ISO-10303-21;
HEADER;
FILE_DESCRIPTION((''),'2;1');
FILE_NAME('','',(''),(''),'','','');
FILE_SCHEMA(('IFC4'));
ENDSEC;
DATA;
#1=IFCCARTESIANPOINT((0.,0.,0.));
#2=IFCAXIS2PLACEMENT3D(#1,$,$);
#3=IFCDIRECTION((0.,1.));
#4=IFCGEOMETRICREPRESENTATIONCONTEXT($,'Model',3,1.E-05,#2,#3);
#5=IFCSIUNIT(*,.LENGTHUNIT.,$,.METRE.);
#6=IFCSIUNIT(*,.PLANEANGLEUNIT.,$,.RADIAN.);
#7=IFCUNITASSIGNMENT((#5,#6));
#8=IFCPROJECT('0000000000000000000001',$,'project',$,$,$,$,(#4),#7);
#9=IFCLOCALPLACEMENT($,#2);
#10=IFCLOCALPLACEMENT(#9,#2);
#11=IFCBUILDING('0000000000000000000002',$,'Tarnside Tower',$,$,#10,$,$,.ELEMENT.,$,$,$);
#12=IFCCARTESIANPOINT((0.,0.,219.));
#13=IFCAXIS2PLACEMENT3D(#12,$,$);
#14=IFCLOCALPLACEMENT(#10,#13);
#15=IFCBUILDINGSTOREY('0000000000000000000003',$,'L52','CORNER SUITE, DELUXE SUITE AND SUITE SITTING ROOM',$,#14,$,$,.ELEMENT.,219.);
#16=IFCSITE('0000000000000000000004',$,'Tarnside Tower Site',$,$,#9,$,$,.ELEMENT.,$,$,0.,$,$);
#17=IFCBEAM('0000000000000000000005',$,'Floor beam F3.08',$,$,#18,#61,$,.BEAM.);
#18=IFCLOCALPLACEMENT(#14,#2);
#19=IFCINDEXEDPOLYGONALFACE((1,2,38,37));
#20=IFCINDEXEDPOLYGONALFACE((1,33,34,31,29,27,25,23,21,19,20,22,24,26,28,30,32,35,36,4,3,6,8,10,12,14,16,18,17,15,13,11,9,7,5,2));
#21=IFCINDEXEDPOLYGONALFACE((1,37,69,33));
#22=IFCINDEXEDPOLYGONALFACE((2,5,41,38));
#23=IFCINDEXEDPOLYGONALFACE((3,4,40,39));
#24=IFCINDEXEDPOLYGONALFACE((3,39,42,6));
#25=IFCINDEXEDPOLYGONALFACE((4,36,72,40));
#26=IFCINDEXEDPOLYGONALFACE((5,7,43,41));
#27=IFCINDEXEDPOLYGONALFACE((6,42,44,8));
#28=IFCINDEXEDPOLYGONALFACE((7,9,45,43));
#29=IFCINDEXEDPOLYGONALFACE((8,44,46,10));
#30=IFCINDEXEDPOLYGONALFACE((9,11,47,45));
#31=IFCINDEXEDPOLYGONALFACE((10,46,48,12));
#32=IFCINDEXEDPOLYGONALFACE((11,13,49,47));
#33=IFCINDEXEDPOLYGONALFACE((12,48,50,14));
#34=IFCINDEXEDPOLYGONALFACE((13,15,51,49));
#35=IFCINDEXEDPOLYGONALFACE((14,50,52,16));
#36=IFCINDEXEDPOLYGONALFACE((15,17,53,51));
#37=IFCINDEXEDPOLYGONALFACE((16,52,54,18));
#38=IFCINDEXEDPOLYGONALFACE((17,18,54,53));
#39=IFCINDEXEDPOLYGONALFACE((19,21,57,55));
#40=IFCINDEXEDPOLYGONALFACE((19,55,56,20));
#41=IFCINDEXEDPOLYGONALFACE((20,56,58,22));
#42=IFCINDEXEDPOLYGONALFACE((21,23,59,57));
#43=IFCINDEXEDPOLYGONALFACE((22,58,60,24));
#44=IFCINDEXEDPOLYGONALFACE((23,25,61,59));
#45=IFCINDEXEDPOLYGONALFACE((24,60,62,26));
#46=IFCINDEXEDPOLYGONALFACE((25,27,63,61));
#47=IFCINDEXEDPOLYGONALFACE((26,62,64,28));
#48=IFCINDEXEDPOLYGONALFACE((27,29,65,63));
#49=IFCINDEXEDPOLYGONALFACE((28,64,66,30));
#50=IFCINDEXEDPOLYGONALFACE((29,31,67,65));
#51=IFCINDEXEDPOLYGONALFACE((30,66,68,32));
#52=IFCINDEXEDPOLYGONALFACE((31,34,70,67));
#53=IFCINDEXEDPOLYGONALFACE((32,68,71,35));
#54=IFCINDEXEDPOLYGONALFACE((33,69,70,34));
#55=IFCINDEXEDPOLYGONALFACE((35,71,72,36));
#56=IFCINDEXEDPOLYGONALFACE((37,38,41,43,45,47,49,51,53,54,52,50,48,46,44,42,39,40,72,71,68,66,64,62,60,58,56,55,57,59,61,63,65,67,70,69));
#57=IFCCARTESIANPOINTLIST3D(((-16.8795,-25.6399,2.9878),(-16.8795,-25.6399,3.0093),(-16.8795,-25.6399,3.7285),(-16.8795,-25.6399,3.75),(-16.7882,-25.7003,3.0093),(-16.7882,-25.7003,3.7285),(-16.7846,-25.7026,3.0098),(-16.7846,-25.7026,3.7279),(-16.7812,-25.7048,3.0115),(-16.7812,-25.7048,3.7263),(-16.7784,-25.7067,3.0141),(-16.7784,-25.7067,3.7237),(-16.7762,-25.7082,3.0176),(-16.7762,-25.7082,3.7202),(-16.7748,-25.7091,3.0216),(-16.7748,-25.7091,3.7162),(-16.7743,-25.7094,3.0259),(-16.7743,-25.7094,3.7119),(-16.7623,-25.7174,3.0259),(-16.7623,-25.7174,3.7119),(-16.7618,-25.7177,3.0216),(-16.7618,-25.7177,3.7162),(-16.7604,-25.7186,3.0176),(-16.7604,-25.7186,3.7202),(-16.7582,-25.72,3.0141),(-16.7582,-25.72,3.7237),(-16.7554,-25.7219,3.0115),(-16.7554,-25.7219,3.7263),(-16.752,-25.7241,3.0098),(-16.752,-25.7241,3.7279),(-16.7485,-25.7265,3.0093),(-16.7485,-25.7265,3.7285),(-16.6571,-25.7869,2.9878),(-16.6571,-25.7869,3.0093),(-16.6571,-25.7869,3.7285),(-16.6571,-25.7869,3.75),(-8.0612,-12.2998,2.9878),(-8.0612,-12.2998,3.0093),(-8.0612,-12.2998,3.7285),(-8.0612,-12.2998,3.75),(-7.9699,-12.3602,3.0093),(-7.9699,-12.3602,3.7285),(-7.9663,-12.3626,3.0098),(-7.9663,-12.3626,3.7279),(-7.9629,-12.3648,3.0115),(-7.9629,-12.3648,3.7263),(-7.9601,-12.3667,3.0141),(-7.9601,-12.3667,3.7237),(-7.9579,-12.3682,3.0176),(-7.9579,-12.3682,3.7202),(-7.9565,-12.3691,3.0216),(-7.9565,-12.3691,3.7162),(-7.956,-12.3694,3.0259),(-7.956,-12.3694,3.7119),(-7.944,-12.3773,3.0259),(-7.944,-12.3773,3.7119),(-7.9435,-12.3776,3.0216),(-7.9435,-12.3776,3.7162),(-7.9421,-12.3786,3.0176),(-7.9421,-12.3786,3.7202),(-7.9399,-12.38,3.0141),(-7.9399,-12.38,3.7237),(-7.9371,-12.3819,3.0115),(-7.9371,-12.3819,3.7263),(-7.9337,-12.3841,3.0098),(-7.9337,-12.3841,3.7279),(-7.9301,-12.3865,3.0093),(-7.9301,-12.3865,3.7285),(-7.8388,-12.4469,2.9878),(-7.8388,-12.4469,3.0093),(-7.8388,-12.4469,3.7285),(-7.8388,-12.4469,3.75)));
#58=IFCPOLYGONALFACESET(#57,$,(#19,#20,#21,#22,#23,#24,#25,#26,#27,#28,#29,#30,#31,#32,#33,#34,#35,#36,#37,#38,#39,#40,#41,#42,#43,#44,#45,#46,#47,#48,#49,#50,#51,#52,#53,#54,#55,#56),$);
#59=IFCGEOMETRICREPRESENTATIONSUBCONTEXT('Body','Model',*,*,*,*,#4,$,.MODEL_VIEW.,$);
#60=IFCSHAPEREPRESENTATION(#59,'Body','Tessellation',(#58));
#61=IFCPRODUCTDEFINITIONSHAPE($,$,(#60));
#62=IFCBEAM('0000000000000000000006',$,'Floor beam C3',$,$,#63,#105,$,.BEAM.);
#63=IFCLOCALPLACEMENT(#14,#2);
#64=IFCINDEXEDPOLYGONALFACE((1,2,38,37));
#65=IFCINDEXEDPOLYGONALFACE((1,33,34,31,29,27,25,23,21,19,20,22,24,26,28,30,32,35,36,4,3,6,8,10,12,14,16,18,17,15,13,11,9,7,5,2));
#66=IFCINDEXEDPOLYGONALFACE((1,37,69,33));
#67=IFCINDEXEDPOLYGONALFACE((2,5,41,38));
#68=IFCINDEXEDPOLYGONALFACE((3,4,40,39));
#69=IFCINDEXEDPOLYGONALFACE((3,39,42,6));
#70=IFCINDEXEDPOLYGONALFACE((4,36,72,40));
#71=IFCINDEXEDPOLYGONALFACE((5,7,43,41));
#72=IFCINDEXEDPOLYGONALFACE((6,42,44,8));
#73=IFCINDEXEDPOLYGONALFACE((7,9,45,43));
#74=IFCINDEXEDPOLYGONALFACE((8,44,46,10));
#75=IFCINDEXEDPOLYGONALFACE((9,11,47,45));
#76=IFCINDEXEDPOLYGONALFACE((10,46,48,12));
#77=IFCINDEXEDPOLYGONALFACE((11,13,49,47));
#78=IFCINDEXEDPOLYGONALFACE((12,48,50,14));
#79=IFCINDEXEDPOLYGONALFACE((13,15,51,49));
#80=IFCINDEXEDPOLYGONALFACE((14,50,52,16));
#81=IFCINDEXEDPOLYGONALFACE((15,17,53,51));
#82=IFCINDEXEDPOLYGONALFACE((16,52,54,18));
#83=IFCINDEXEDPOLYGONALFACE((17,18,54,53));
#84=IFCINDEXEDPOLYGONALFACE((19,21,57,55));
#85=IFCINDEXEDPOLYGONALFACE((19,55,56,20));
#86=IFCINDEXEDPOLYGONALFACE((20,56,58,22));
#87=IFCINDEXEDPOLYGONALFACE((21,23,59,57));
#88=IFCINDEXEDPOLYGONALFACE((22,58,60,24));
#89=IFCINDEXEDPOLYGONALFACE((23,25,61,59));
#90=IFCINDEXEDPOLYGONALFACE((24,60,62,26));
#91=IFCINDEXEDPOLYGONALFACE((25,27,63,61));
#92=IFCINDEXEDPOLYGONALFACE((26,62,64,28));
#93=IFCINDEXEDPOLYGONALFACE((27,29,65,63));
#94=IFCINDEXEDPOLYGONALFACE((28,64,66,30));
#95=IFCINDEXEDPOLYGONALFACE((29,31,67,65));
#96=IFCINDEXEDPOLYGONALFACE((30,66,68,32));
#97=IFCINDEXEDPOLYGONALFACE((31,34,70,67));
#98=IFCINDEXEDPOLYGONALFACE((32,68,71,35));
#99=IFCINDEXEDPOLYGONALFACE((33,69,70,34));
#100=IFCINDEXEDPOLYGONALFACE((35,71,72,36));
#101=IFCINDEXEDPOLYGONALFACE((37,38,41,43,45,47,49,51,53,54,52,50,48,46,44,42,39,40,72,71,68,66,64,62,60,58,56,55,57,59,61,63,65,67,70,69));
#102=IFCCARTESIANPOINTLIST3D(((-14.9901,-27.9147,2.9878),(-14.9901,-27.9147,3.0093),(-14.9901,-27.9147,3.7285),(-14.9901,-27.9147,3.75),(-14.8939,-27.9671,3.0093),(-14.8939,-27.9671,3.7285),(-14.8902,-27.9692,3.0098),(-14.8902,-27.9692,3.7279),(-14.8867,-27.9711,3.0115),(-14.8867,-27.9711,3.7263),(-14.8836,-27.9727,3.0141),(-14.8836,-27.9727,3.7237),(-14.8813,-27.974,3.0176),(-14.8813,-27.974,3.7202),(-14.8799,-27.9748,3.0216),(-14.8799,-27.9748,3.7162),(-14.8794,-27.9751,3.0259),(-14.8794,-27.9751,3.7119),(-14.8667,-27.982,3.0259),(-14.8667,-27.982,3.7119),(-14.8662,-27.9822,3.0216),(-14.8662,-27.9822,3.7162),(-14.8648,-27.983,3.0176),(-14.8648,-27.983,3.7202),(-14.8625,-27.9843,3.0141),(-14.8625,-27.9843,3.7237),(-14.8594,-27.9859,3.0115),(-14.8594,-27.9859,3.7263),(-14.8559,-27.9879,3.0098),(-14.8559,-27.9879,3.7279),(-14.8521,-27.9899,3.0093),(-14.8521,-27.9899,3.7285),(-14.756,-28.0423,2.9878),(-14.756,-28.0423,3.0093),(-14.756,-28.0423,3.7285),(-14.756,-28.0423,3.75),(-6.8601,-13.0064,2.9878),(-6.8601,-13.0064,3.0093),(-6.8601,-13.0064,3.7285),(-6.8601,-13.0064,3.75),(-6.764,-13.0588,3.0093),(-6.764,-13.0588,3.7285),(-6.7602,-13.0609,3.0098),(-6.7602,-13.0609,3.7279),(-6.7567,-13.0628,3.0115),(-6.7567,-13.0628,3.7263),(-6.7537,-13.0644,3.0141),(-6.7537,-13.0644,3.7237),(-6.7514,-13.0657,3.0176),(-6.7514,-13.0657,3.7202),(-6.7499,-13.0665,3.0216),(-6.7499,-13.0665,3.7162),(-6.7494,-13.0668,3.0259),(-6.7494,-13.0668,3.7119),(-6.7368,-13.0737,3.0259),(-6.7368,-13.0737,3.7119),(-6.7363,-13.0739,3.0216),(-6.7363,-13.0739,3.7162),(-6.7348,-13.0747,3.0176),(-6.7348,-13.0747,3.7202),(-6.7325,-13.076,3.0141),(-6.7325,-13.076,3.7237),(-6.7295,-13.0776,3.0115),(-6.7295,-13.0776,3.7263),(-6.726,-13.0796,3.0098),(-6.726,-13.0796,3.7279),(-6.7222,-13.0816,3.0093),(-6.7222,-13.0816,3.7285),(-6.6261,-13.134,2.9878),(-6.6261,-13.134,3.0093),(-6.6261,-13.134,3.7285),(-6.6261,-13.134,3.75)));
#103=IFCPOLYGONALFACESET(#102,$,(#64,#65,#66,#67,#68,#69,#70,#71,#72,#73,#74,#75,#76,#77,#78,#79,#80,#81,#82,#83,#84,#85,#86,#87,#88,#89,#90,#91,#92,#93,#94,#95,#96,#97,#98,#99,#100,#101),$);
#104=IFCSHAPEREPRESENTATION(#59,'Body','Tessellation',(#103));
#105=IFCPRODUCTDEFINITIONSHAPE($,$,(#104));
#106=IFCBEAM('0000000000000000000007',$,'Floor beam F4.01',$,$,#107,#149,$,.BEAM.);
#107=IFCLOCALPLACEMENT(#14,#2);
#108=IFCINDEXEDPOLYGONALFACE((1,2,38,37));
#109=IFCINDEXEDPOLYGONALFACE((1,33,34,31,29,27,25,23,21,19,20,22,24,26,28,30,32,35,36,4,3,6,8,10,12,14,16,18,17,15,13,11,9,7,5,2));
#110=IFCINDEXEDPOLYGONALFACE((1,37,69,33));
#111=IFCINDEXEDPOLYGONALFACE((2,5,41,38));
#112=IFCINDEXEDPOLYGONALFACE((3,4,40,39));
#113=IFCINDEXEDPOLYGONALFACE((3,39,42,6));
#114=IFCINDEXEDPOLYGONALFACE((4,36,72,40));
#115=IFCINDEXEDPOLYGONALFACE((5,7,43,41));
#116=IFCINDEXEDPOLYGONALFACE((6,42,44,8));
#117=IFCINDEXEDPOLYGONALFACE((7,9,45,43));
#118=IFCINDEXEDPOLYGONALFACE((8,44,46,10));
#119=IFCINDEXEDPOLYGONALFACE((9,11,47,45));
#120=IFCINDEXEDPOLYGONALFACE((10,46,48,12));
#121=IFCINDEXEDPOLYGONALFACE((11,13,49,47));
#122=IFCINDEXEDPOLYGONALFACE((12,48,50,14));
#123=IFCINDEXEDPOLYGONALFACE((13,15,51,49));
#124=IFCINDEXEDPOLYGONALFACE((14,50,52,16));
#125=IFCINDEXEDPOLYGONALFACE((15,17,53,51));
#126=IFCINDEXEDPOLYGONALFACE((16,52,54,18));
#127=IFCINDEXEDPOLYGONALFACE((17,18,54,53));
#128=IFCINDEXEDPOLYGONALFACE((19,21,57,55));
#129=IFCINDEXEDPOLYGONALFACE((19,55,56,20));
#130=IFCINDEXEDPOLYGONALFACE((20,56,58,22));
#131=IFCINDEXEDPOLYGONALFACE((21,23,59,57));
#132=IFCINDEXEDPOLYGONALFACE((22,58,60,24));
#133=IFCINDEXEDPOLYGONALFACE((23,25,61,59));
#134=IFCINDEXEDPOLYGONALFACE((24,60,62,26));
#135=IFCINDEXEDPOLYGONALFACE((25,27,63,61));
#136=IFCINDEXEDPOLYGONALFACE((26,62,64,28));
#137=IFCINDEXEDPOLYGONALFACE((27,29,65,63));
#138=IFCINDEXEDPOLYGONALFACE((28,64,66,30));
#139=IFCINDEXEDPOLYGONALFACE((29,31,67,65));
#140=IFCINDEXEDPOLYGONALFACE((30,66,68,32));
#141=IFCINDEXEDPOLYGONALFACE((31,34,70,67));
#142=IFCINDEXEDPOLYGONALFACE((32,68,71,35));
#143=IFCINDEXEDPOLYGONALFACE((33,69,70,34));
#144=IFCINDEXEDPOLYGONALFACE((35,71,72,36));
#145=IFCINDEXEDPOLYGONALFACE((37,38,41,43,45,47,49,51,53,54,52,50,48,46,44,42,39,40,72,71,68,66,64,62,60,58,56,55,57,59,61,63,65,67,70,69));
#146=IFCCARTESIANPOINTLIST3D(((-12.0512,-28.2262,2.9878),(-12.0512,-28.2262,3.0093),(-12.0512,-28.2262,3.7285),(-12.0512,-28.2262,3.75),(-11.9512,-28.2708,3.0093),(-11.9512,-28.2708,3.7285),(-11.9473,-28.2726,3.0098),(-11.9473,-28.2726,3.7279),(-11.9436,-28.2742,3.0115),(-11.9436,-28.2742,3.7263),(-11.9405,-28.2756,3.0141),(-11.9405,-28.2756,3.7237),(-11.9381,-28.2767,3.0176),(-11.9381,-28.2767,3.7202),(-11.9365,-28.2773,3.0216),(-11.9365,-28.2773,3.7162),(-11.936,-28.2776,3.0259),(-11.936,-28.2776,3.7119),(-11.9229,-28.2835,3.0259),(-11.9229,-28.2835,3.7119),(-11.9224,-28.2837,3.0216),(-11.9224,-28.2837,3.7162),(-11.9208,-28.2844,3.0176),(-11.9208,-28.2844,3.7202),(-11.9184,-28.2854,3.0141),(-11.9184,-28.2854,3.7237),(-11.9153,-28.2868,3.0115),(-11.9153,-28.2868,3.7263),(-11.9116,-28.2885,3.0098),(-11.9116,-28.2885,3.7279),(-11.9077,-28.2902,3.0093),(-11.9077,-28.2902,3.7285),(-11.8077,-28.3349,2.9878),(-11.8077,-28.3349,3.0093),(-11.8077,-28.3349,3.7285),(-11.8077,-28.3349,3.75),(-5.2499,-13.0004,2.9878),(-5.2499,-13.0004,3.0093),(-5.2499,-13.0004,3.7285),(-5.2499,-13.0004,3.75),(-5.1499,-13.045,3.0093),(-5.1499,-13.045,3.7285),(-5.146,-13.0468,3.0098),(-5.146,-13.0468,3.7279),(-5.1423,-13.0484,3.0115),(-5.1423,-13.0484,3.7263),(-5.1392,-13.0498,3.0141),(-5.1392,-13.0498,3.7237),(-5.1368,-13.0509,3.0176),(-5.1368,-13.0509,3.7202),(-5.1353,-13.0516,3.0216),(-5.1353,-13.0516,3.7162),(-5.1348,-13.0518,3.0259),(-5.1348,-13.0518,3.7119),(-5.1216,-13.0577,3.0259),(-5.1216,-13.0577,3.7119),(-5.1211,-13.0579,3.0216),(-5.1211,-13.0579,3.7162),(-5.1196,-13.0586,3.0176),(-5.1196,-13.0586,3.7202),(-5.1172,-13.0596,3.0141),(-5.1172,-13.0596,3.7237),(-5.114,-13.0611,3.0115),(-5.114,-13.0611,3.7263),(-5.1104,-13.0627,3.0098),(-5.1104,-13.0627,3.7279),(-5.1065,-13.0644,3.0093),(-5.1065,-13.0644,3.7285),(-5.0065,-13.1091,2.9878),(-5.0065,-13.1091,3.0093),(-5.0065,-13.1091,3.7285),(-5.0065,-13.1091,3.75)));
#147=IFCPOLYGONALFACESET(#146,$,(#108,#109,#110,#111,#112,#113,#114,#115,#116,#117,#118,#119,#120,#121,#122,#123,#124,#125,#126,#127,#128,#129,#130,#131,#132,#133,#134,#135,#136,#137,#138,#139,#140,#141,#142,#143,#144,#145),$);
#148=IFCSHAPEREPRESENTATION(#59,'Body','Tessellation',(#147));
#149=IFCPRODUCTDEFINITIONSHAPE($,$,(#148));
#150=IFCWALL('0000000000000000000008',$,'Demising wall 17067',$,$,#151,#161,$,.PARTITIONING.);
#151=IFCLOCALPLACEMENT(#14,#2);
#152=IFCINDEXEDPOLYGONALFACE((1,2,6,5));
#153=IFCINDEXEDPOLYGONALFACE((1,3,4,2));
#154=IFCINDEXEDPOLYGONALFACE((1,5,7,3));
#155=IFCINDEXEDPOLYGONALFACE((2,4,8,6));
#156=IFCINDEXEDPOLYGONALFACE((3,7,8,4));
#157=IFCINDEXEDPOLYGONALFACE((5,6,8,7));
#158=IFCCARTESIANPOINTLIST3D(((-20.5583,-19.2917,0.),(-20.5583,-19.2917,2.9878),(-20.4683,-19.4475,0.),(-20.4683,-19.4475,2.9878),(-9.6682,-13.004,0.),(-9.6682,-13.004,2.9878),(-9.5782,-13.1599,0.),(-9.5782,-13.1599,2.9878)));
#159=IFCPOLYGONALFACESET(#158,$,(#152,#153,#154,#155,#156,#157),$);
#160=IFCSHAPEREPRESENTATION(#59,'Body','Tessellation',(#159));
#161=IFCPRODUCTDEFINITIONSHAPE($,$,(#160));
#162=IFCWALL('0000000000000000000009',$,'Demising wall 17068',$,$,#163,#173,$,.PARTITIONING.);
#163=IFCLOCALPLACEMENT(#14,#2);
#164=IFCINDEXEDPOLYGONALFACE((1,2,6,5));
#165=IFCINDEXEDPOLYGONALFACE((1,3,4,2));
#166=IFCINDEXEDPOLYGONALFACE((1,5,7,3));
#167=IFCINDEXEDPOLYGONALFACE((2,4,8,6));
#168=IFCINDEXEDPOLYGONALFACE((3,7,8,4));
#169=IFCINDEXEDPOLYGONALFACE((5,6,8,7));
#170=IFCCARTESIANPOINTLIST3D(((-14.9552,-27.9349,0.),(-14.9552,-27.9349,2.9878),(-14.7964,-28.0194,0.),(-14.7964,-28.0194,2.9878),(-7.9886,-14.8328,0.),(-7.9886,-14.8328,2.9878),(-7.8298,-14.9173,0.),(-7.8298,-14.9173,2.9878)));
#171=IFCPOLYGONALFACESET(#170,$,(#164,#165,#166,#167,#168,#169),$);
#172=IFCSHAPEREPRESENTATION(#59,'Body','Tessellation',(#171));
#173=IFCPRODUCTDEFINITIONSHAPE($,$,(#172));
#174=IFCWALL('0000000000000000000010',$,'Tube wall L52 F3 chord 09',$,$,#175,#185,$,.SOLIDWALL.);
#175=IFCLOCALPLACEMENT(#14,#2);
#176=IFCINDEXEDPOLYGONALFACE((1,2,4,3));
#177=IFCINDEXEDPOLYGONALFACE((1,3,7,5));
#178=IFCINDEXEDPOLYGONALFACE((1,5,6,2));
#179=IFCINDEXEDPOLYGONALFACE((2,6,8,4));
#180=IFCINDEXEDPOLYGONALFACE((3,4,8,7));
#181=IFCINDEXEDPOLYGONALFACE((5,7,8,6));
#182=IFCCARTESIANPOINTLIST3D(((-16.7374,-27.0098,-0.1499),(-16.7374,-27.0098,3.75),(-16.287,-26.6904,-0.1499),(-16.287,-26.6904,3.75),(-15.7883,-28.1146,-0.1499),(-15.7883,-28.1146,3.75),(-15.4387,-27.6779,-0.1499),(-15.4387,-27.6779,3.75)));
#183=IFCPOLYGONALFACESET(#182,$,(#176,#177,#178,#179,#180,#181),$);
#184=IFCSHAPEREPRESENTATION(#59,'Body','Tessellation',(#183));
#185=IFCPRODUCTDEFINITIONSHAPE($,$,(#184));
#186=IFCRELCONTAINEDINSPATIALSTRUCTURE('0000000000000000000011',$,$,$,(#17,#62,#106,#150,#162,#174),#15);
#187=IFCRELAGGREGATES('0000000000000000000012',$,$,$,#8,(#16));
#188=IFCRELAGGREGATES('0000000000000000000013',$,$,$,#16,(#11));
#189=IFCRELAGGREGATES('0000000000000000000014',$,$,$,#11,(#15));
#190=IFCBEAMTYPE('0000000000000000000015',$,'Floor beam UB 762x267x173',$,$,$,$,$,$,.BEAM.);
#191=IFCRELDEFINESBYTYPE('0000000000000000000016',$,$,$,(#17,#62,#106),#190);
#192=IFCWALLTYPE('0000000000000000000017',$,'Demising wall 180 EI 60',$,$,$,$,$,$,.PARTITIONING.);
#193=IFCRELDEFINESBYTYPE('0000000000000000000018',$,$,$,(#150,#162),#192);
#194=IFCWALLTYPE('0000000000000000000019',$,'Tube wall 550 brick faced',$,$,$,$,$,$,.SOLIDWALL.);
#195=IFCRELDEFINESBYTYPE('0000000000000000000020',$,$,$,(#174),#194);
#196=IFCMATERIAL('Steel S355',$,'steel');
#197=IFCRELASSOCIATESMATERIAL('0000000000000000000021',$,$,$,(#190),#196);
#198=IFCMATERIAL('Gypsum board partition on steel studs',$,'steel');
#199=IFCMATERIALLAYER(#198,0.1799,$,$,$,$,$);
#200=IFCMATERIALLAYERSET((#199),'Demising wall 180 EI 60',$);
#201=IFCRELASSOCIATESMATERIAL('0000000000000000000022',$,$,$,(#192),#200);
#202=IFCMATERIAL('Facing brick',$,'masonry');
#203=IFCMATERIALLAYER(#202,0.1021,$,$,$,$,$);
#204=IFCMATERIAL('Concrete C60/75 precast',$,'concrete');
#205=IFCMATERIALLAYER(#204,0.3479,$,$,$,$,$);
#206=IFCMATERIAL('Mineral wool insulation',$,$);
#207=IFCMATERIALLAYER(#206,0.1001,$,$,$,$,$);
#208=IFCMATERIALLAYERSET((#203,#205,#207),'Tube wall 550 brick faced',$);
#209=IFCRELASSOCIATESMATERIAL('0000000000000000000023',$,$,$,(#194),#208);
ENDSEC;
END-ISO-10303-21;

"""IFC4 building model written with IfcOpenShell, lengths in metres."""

from ifc_helpers import new_model, si_unit, direction, frame, frame_2d, origin, origin_2d, place, context, subcontext, project, spatial, polyline, rectangle, i_section, outline, extrude, material, layer, layer_set, material_profile, profile_set, type_object, element, save


model = new_model("IFC4")

# Units and contexts
model_context = context("Model", 3, precision=1e-05, world=origin(), true_north=direction((0.0, 1.0)))
body_context = subcontext(model_context, "Body", "Model", "MODEL_VIEW")
ifc_project = project(units=[si_unit("LENGTHUNIT", "METRE"), si_unit("PLANEANGLEUNIT", "RADIAN")], contexts=[model_context])

# Site, building, storey
site_placement = place(None, origin())
site = spatial("IfcSite", under=ifc_project, at=site_placement, Name="Tarnside Tower Site", CompositionType="ELEMENT", RefElevation=0.0)
building_placement = place(site_placement, origin())
building = spatial("IfcBuilding", under=site, at=building_placement, Name="Tarnside Tower", CompositionType="ELEMENT")
storey_placement = place(building_placement, frame((0.0, 0.0, 219.0)))
storey = spatial("IfcBuildingStorey", under=building, at=storey_placement, Name="L52", Description="CORNER SUITE, DELUXE SUITE AND SUITE SITTING ROOM", CompositionType="ELEMENT", Elevation=219.0)

# Beams
ifc_material_1 = material(Name="Steel S355", Category="steel")
ifc_material_profile_1 = material_profile(ifc_material_1, i_section(OverallWidth=0.2666, OverallDepth=0.7622, WebThickness=0.0144, FlangeThickness=0.0215, FilletRadius=0.0166, at=origin_2d()), Name="UB 762x267x173")
ifc_profile_set_1 = profile_set([ifc_material_profile_1], Name="Steel S355")
beam_type_1 = type_object("IfcBeamType", Name="Floor beam UB 762x267x173", PredefinedType="BEAM", material=ifc_profile_set_1)
beam_1_placement = place(storey_placement, frame((-16.7683, -25.7134, 3.3689), z_axis=(0.551448, 0.83421, 0.0), x_axis=(-0.83421, 0.551448, 0.0)))
element("IfcBeam", 1, at=beam_1_placement, inside=storey, type_object=beam_type_1, Name="Floor beam F3.08", PredefinedType="BEAM", context=body_context, shape_type="SweptSolid", body=[
    extrude(i_section(OverallWidth=0.2666, OverallDepth=0.7622, WebThickness=0.0144, FlangeThickness=0.0215, FilletRadius=0.0166, at=origin_2d()), origin(), (0.0, 0.0, 1.0), 15.9912),
])
beam_2_placement = place(storey_placement, frame((-14.873, -27.9785, 3.3689), z_axis=(0.478768, 0.877942, 0.0), x_axis=(-0.877942, 0.478768, 0.0)))
element("IfcBeam", 2, at=beam_2_placement, inside=storey, type_object=beam_type_1, Name="Floor beam C3", PredefinedType="BEAM", context=body_context, shape_type="SweptSolid", body=[
    extrude(i_section(OverallWidth=0.2666, OverallDepth=0.7622, WebThickness=0.0144, FlangeThickness=0.0215, FilletRadius=0.0166, at=origin_2d()), origin(), (0.0, 0.0, 1.0), 16.981),
])
beam_3_placement = place(storey_placement, frame((-11.9294, -28.2805, 3.3689), z_axis=(0.407852, 0.913048, 0.0), x_axis=(-0.913048, 0.407852, 0.0)))
element("IfcBeam", 3, at=beam_3_placement, inside=storey, type_object=beam_type_1, Name="Floor beam F4.01", PredefinedType="BEAM", context=body_context, shape_type="SweptSolid", body=[
    extrude(i_section(OverallWidth=0.2666, OverallDepth=0.7622, WebThickness=0.0144, FlangeThickness=0.0215, FilletRadius=0.0166, at=origin_2d()), origin(), (0.0, 0.0, 1.0), 16.6758),
])

# Walls
ifc_material_2 = material(Name="Gypsum board partition on steel studs", Category="steel")
ifc_layer_1 = layer(ifc_material_2, 0.1799)
ifc_layer_set_1 = layer_set([ifc_layer_1], Name="Demising wall 180 EI 60")
wall_type_1 = type_object("IfcWallType", Name="Demising wall 180 EI 60", PredefinedType="PARTITIONING", material=ifc_layer_set_1)
wall_1_placement = place(storey_placement, frame((-20.5134, -19.3696, 0.0), z_axis=(0.0, 0.0, 1.0), x_axis=(0.866019, 0.50001, 0.0)))
element("IfcWall", 4, at=wall_1_placement, inside=storey, type_object=wall_type_1, Name="Demising wall 17067", PredefinedType="PARTITIONING", context=body_context, shape_type="SweptSolid", body=[
    extrude(rectangle(XDim=12.575, YDim=0.1799, at=frame_2d((6.2876, 0.0))), origin(), (0.0, 0.0, 1.0), 2.9878),
])
wall_2_placement = place(storey_placement, frame((-14.8757, -27.9771, 0.0), z_axis=(0.0, 0.0, 1.0), x_axis=(0.469475, 0.882946, 0.0)))
element("IfcWall", 5, at=wall_2_placement, inside=storey, type_object=wall_type_1, Name="Demising wall 17068", PredefinedType="PARTITIONING", context=body_context, shape_type="SweptSolid", body=[
    extrude(rectangle(XDim=14.8391, YDim=0.1799, at=frame_2d((7.4194, 0.0))), origin(), (0.0, 0.0, 1.0), 2.9878),
])
ifc_material_3 = material(Name="Facing brick", Category="masonry")
ifc_layer_2 = layer(ifc_material_3, 0.1021)
ifc_material_4 = material(Name="Concrete C60/75 precast", Category="concrete")
ifc_layer_3 = layer(ifc_material_4, 0.3479)
ifc_material_5 = material(Name="Mineral wool insulation")
ifc_layer_4 = layer(ifc_material_5, 0.1001)
ifc_layer_set_2 = layer_set([ifc_layer_2, ifc_layer_3, ifc_layer_4], Name="Tube wall 550 brick faced")
wall_type_2 = type_object("IfcWallType", Name="Tube wall 550 brick faced", PredefinedType="SOLIDWALL", material=ifc_layer_set_2)
wall_3_placement = place(storey_placement, frame((-16.5122, -26.8501, -0.1499), z_axis=(0.0, 0.0, 1.0), x_axis=(0.651622, -0.758544, 0.0)))
element("IfcWall", 6, at=wall_3_placement, inside=storey, type_object=wall_type_2, Name="Tube wall L52 F3 chord 09", PredefinedType="SOLIDWALL", context=body_context, shape_type="SweptSolid", body=[
    extrude(outline(polyline([(-0.0256, -0.2749), (1.4309, -0.2749), (1.3274, 0.2749), (0.0256, 0.2749), (-0.0256, -0.2749)])), origin(), (0.0, 0.0, 1.0), 3.8999),
])

save(model, "model.ifc")
